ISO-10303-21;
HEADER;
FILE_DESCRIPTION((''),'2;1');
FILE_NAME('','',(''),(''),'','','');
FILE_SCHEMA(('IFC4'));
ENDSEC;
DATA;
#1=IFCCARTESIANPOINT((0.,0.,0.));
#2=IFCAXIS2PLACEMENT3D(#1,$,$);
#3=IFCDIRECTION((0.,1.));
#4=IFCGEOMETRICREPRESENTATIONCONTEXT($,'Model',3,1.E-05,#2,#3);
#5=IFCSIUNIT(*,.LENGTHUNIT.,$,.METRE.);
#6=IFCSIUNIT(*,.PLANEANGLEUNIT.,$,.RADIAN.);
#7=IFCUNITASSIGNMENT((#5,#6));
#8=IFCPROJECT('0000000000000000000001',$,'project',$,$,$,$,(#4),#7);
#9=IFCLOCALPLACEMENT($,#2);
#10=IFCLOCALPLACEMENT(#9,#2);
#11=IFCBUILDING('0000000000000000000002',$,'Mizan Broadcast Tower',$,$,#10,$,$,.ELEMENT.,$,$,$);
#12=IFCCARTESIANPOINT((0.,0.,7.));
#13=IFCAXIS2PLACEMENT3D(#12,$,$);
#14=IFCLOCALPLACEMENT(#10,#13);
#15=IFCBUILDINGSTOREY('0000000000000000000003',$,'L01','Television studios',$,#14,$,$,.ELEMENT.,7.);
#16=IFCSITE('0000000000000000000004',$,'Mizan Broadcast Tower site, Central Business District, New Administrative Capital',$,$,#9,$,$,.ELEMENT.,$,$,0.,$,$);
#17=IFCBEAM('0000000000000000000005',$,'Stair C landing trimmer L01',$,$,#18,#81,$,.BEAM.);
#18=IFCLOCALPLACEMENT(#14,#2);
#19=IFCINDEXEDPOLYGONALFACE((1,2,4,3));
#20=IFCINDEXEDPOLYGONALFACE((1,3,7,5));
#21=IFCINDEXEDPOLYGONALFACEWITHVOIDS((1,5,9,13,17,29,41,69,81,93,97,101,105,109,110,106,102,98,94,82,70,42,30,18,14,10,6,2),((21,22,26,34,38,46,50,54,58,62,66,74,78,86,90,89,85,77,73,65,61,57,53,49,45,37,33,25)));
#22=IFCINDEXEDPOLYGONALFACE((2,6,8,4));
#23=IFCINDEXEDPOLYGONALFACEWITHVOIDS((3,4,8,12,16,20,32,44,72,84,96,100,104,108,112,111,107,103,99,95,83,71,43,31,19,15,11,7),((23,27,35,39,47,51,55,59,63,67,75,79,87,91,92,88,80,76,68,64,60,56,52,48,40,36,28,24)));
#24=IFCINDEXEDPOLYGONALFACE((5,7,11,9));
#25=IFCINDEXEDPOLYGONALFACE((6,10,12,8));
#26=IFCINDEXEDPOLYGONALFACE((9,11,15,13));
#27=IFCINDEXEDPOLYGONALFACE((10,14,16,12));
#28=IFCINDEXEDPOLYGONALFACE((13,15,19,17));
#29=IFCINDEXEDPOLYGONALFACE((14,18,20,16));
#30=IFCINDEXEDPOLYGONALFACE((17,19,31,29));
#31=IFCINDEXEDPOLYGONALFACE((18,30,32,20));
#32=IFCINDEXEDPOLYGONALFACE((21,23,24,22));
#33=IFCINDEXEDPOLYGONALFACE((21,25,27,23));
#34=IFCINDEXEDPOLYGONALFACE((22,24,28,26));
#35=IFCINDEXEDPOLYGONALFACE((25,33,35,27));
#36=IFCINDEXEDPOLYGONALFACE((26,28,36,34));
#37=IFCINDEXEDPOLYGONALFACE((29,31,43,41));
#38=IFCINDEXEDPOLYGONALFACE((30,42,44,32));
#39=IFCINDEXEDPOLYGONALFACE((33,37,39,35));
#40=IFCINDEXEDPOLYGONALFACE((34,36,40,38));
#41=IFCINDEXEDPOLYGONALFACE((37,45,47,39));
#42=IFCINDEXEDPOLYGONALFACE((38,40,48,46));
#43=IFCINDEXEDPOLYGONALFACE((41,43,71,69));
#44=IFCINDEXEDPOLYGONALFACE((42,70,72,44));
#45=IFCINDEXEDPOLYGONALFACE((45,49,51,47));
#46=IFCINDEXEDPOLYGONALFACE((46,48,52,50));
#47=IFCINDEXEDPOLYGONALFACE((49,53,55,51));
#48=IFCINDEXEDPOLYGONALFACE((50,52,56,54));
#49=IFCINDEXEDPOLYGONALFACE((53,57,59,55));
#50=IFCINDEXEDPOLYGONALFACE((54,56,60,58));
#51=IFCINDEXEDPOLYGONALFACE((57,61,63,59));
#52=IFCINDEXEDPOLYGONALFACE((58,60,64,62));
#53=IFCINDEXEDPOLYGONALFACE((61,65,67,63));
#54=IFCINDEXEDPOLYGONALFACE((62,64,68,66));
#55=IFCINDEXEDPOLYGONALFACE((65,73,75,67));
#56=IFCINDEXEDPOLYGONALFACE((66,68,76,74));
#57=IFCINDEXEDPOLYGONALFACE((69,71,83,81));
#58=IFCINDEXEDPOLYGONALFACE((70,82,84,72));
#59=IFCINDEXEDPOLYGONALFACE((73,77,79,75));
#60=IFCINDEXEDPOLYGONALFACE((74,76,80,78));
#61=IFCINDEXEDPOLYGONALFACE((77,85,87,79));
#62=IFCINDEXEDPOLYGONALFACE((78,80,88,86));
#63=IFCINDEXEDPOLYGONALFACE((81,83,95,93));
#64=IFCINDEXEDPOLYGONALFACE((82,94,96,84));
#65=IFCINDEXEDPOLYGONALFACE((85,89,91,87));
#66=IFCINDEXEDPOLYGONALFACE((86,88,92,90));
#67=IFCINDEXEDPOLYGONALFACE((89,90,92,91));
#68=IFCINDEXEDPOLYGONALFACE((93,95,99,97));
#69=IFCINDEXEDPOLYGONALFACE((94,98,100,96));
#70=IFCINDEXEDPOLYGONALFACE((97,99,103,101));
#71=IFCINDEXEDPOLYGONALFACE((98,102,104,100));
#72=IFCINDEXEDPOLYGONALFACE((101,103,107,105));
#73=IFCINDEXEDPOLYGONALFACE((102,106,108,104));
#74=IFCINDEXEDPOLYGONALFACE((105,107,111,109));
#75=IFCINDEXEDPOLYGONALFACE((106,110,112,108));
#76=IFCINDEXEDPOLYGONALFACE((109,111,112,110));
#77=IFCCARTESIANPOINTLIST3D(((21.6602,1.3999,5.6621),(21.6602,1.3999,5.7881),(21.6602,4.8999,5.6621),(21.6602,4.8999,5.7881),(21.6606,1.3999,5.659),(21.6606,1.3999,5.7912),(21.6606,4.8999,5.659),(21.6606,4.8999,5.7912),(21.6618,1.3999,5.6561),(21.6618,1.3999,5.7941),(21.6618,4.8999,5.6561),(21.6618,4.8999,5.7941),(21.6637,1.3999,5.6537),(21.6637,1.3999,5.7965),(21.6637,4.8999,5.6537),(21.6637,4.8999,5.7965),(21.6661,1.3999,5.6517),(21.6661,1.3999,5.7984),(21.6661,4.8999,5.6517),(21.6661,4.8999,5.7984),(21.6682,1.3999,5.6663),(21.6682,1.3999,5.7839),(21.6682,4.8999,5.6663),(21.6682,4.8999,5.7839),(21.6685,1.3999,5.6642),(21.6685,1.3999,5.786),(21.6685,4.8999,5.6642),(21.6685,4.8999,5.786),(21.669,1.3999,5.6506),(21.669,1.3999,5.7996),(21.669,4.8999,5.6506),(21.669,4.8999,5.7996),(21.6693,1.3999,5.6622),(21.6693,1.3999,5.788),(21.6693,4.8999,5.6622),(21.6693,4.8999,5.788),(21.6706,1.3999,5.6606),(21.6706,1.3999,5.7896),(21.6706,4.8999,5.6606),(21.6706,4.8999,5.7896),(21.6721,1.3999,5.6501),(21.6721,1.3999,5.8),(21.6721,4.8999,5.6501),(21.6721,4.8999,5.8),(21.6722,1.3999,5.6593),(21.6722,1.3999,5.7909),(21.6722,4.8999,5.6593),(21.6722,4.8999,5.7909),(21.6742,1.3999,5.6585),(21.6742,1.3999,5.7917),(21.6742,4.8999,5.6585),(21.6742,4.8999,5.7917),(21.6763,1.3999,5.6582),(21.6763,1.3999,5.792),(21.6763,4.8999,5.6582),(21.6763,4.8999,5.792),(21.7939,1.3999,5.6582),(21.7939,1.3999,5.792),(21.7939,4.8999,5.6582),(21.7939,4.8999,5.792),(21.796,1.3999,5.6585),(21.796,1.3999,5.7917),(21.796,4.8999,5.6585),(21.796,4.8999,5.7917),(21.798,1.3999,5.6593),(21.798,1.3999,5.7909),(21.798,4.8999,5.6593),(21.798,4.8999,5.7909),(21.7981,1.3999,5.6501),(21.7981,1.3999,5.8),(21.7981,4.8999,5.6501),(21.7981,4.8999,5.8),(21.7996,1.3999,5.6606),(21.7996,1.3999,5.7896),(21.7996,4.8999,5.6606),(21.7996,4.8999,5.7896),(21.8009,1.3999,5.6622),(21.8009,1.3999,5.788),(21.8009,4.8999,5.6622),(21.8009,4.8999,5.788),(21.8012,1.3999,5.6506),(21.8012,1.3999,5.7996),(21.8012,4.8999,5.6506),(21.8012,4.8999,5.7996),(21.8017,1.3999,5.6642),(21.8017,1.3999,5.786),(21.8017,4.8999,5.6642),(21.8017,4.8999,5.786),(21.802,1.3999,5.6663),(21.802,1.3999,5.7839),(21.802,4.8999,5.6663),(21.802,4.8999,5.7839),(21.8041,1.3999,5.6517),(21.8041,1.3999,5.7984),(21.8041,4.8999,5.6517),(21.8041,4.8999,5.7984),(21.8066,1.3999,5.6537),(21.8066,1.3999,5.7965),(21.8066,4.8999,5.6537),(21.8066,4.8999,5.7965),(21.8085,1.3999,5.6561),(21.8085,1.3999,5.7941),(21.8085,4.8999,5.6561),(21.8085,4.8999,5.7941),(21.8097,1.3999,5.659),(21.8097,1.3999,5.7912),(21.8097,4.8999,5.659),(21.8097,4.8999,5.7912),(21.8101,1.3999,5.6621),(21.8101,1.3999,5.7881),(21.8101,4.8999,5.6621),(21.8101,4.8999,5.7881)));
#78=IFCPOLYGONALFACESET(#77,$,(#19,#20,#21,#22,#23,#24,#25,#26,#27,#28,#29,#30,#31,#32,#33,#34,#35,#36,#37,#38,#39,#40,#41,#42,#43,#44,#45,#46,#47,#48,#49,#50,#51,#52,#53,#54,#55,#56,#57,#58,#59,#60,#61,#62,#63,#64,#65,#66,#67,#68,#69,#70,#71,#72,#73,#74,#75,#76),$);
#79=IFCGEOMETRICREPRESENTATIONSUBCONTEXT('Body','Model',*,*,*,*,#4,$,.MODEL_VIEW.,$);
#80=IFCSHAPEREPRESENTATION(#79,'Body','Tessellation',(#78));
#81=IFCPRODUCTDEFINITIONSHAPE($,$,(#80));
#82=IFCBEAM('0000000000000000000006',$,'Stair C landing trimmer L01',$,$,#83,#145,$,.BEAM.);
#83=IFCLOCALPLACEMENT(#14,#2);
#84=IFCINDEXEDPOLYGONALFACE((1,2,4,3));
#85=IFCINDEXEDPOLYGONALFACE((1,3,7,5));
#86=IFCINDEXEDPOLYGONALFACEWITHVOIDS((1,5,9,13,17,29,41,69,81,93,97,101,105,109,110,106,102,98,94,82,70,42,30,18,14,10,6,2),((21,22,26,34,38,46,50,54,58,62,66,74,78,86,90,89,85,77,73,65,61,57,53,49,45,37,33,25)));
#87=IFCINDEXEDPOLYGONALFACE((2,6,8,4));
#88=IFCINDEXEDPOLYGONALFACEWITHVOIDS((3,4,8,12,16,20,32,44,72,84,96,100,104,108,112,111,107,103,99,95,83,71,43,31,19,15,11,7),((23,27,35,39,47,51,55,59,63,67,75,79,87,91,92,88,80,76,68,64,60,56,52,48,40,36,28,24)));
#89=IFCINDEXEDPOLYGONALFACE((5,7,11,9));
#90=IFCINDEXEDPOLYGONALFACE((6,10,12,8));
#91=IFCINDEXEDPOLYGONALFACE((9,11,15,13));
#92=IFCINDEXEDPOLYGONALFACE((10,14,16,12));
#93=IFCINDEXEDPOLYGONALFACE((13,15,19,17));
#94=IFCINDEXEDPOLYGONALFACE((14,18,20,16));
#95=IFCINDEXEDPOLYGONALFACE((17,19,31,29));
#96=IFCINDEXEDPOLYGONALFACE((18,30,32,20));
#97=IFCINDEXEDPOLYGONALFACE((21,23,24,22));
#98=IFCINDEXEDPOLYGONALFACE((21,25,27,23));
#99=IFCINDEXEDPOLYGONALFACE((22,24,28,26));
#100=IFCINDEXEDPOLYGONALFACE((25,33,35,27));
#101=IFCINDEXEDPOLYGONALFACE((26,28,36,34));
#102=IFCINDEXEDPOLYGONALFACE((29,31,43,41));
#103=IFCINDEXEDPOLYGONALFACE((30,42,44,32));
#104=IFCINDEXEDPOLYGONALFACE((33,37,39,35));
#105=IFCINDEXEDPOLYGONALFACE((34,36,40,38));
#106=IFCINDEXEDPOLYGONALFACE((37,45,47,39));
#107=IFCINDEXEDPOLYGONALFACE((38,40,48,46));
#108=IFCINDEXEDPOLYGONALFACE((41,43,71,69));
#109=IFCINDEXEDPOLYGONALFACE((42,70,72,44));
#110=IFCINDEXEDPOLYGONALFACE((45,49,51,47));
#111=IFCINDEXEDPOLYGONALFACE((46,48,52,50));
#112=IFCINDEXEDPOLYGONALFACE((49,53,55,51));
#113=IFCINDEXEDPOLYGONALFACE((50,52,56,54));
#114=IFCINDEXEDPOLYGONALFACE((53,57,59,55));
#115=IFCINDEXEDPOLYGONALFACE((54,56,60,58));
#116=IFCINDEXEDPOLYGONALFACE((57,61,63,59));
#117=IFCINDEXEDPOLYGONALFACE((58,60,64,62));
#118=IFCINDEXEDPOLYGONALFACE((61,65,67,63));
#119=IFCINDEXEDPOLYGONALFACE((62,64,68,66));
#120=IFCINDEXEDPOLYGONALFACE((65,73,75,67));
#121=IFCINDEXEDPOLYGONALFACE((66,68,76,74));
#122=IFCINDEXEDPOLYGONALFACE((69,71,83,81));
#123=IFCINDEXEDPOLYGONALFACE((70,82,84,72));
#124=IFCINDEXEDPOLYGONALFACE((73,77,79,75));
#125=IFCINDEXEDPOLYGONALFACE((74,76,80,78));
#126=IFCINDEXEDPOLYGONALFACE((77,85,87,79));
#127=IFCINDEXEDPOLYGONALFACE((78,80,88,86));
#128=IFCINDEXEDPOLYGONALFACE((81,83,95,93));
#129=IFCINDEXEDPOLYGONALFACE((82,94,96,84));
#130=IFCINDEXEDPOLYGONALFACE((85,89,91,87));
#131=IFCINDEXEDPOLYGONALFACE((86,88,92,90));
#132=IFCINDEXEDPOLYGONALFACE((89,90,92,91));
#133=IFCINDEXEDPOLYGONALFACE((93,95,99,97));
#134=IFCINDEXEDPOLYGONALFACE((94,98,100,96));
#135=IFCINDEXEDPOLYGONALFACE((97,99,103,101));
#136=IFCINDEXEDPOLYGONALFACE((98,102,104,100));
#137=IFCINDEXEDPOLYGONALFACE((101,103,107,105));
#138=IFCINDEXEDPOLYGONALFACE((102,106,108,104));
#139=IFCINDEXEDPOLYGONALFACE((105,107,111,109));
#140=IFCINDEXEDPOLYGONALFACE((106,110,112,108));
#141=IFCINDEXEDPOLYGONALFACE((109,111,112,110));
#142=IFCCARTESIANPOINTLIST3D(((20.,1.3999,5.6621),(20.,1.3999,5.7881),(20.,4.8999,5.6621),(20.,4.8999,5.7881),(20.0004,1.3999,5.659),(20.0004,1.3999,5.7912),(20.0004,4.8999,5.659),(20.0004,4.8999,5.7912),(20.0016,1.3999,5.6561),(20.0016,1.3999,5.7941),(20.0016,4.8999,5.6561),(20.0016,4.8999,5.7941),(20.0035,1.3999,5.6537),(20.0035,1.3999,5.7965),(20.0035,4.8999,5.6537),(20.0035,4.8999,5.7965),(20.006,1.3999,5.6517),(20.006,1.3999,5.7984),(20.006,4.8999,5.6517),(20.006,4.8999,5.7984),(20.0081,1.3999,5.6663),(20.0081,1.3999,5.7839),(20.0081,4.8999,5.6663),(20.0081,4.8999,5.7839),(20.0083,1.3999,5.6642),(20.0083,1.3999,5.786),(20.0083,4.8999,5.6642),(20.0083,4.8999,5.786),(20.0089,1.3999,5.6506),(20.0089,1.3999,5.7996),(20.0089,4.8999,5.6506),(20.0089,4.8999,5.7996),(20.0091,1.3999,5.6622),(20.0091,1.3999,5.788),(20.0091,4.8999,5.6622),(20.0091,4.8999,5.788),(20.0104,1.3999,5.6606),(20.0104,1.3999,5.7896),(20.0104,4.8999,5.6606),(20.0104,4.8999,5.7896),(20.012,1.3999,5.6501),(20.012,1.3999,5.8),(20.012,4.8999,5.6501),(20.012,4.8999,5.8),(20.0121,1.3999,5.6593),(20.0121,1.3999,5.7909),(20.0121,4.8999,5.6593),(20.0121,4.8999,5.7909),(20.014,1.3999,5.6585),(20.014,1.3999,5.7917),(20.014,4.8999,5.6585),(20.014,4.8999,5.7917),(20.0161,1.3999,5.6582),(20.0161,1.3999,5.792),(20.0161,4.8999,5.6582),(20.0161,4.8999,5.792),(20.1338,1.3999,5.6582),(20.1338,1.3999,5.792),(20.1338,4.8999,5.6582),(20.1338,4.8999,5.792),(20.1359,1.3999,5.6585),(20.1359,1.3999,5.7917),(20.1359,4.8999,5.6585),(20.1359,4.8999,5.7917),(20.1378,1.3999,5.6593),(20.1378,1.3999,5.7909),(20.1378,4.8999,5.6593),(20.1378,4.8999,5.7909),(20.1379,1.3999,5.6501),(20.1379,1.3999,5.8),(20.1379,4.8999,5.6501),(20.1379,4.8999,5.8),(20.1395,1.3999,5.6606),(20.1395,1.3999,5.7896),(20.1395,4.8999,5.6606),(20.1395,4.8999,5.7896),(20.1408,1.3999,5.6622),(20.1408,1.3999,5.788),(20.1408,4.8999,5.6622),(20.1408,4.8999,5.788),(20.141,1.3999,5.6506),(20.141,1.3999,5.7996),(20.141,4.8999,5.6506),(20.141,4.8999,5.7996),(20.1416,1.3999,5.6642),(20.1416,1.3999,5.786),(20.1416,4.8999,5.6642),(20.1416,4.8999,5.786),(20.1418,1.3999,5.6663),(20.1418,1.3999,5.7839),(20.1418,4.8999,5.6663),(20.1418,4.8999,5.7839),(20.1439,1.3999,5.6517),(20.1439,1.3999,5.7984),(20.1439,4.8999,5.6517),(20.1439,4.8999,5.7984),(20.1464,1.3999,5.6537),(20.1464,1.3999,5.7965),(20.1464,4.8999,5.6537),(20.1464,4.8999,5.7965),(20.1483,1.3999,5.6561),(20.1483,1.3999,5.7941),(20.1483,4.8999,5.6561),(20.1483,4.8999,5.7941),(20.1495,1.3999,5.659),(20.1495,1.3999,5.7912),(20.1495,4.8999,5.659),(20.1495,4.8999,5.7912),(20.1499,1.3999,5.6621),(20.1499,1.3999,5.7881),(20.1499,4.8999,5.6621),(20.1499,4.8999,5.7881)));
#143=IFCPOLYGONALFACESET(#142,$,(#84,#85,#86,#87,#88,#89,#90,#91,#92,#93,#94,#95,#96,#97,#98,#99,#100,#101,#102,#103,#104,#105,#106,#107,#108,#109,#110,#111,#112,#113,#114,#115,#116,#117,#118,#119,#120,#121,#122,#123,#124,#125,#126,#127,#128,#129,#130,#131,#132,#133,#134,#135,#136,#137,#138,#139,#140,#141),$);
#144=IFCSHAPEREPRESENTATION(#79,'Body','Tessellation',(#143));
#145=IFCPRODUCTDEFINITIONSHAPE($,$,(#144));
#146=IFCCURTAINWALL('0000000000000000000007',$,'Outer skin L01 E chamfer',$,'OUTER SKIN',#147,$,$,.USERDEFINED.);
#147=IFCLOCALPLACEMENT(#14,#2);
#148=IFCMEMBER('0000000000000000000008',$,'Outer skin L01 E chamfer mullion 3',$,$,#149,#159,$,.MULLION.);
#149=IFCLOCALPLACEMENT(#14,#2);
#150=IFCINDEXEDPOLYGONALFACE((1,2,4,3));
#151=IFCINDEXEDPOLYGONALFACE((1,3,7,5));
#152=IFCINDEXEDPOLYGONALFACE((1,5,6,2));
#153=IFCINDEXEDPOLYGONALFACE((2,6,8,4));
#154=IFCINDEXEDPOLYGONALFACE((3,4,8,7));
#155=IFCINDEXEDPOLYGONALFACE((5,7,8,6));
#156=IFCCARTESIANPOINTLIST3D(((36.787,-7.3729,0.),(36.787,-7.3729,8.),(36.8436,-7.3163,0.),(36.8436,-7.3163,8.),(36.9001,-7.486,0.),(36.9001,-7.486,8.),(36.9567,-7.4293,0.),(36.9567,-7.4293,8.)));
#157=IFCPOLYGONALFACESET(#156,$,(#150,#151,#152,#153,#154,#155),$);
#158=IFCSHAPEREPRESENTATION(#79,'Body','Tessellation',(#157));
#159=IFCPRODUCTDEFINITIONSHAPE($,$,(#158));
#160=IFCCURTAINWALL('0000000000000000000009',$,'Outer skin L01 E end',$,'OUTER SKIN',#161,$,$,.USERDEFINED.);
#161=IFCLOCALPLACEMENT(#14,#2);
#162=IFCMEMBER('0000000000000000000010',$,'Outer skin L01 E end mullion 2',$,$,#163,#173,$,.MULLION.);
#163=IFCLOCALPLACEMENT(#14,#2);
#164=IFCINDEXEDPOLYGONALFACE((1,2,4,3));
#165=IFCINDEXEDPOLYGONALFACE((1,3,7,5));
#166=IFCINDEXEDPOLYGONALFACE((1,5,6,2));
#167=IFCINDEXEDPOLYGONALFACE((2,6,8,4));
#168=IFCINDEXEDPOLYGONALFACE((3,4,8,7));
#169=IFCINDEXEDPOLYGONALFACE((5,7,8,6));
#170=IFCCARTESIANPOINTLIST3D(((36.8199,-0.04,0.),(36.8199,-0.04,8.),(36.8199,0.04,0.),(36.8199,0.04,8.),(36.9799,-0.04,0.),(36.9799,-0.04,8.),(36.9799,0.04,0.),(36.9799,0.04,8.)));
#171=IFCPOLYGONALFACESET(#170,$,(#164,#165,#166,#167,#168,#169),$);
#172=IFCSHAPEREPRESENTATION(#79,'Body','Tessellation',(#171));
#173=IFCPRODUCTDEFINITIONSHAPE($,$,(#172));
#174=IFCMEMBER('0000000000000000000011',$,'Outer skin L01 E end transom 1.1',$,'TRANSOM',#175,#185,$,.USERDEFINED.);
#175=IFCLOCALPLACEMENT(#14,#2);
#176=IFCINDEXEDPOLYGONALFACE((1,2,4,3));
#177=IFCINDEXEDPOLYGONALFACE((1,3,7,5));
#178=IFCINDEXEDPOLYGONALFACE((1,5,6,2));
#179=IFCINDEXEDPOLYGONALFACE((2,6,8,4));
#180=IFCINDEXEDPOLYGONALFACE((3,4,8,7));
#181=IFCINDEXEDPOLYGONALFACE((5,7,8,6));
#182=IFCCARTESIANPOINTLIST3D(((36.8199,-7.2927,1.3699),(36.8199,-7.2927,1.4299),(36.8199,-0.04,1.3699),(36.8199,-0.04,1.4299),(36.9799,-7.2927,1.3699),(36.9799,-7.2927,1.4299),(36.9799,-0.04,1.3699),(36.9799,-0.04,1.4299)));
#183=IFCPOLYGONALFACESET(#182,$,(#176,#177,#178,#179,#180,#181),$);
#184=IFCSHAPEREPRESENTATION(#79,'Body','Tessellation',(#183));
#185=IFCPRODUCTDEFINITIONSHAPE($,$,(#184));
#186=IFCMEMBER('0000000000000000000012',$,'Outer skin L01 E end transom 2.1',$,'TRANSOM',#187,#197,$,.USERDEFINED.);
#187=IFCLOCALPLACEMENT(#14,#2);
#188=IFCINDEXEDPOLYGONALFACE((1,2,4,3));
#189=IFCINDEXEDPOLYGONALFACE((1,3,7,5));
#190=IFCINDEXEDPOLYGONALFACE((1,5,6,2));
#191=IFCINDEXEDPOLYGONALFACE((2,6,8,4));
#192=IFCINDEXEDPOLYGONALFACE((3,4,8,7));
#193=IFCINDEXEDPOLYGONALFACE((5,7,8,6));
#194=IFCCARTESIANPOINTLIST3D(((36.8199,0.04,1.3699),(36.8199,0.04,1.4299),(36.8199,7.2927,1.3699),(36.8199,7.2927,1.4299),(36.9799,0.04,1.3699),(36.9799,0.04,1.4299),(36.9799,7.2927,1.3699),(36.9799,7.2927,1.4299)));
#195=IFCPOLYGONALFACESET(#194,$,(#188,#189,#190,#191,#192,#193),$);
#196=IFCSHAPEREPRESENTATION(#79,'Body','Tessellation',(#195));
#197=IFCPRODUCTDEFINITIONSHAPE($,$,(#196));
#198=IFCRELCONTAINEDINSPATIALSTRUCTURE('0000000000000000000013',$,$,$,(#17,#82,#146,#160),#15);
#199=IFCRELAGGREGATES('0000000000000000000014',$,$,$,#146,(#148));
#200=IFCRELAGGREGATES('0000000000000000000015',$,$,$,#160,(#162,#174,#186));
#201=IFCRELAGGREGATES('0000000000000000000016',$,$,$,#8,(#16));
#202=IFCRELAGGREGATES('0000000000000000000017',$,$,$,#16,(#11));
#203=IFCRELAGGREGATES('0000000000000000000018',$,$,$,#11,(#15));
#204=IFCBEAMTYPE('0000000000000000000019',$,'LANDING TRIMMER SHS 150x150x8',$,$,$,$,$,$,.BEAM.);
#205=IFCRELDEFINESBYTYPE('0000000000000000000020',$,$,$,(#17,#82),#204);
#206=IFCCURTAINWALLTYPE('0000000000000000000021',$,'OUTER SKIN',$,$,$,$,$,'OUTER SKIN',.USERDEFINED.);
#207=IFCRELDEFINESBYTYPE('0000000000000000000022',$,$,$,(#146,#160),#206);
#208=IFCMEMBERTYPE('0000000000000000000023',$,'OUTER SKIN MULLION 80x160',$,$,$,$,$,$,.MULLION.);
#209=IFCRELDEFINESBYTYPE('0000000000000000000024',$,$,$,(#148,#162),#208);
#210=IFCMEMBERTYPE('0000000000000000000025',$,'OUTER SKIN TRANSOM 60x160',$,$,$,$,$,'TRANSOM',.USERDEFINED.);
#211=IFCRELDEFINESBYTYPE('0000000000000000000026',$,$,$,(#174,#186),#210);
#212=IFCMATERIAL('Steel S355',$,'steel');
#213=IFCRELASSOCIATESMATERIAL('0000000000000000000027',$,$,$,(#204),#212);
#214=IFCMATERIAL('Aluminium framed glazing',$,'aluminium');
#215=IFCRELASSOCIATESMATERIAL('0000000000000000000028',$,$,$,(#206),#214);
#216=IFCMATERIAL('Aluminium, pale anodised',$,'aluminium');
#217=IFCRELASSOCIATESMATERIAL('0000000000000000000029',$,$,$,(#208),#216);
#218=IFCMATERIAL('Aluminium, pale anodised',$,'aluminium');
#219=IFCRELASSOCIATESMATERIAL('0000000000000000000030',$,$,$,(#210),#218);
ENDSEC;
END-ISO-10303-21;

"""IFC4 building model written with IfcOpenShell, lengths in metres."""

from ifc_helpers import new_model, si_unit, direction, frame, origin, origin_2d, place, context, subcontext, project, spatial, rectangle, hollow_rectangle, extrude, material, material_profile, profile_set, type_object, element, aggregate, save


model = new_model("IFC4")

# Units and contexts
model_context = context("Model", 3, precision=1e-05, world=origin(), true_north=direction((0.0, 1.0)))
body_context = subcontext(model_context, "Body", "Model", "MODEL_VIEW")
ifc_project = project(units=[si_unit("LENGTHUNIT", "METRE"), si_unit("PLANEANGLEUNIT", "RADIAN")], contexts=[model_context])

# Site, building, storey
site_placement = place(None, origin())
site = spatial("IfcSite", under=ifc_project, at=site_placement, Name="Mizan Broadcast Tower site, Central Business District, New Administrative Capital", CompositionType="ELEMENT", RefElevation=0.0)
building_placement = place(site_placement, origin())
building = spatial("IfcBuilding", under=site, at=building_placement, Name="Mizan Broadcast Tower", CompositionType="ELEMENT")
storey_placement = place(building_placement, frame((0.0, 0.0, 7.0)))
storey = spatial("IfcBuildingStorey", under=building, at=storey_placement, Name="L01", Description="Television studios", CompositionType="ELEMENT", Elevation=7.0)

# Beams
ifc_material_1 = material(Name="Steel S355", Category="steel")
ifc_material_profile_1 = material_profile(ifc_material_1, hollow_rectangle(XDim=0.1499, YDim=0.1499, WallThickness=0.0081, InnerFilletRadius=0.0081, OuterFilletRadius=0.012, at=origin_2d()), Name="SHS 150x150x8")
ifc_profile_set_1 = profile_set([ifc_material_profile_1], Name="Steel S355")
beam_type_1 = type_object("IfcBeamType", Name="LANDING TRIMMER SHS 150x150x8", PredefinedType="BEAM", material=ifc_profile_set_1)
for number, where, z_axis, x_axis, name in (
    (1, (21.7351, 1.3999, 5.7251), (0.0, 1.0, 0.0), (-1.0, 0.0, 0.0), "Stair C landing trimmer L01"),
    (2, (20.075, 1.3999, 5.7251), (0.0, 1.0, 0.0), (-1.0, 0.0, 0.0), "Stair C landing trimmer L01"),
):
    element("IfcBeam", number, at=place(storey_placement, frame(where, z_axis=z_axis, x_axis=x_axis)), inside=storey, type_object=beam_type_1, Name=name, PredefinedType="BEAM", context=body_context, shape_type="SweptSolid", body=[
        extrude(hollow_rectangle(XDim=0.1499, YDim=0.1499, WallThickness=0.0081, InnerFilletRadius=0.0081, OuterFilletRadius=0.012, at=origin_2d()), origin(), (0.0, 0.0, 1.0), 3.5),
    ])

# Curtain wall, member
ifc_material_2 = material(Name="Aluminium framed glazing", Category="aluminium")
curtain_wall_type = type_object("IfcCurtainWallType", Name="OUTER SKIN", ElementType="OUTER SKIN", PredefinedType="USERDEFINED", material=ifc_material_2)
curtain_wall_1_placement = place(storey_placement, origin())
curtain_wall_1 = element("IfcCurtainWall", 3, at=curtain_wall_1_placement, inside=storey, type_object=curtain_wall_type, Name="Outer skin L01 E chamfer", ObjectType="OUTER SKIN", PredefinedType="USERDEFINED")
ifc_material_3 = material(Name="Aluminium, pale anodised", Category="aluminium")
ifc_material_profile_2 = material_profile(ifc_material_3, rectangle(XDim=0.1599, YDim=0.0801, at=origin_2d()), Name="MULLION 160x80")
ifc_profile_set_2 = profile_set([ifc_material_profile_2], Name="Aluminium, pale anodised")
member_type_1 = type_object("IfcMemberType", Name="OUTER SKIN MULLION 80x160", PredefinedType="MULLION", material=ifc_profile_set_2)
member_1_placement = place(storey_placement, frame((36.8718, -7.4011, 0.0), z_axis=(0.0, 0.0, 1.0), x_axis=(-0.707107, 0.707107, 0.0)))
member_1 = element("IfcMember", 4, at=member_1_placement, type_object=member_type_1, Name="Outer skin L01 E chamfer mullion 3", PredefinedType="MULLION", context=body_context, shape_type="SweptSolid", body=[
    extrude(rectangle(XDim=0.1599, YDim=0.0801, at=origin_2d()), origin(), (0.0, 0.0, 1.0), 8.0),
])

# Curtain wall, members
curtain_wall_2_placement = place(storey_placement, origin())
curtain_wall_2 = element("IfcCurtainWall", 5, at=curtain_wall_2_placement, inside=storey, type_object=curtain_wall_type, Name="Outer skin L01 E end", ObjectType="OUTER SKIN", PredefinedType="USERDEFINED")
member_2_placement = place(storey_placement, frame((36.8999, 0.0, 0.0), z_axis=(0.0, 0.0, 1.0), x_axis=(-1.0, 0.0, 0.0)))
member_2 = element("IfcMember", 6, at=member_2_placement, type_object=member_type_1, Name="Outer skin L01 E end mullion 2", PredefinedType="MULLION", context=body_context, shape_type="SweptSolid", body=[
    extrude(rectangle(XDim=0.1599, YDim=0.0801, at=origin_2d()), origin(), (0.0, 0.0, 1.0), 8.0),
])
ifc_material_4 = material(Name="Aluminium, pale anodised", Category="aluminium")
ifc_material_profile_3 = material_profile(ifc_material_4, rectangle(XDim=0.1599, YDim=0.0601, at=origin_2d()), Name="TRANSOM 160x60")
ifc_profile_set_3 = profile_set([ifc_material_profile_3], Name="Aluminium, pale anodised")
member_type_2 = type_object("IfcMemberType", Name="OUTER SKIN TRANSOM 60x160", ElementType="TRANSOM", PredefinedType="USERDEFINED", material=ifc_profile_set_3)
member_3_placement = place(storey_placement, frame((36.8999, -7.2927, 1.3999), z_axis=(0.0, 1.0, 0.0), x_axis=(-1.0, 0.0, 0.0)))
member_3 = element("IfcMember", 7, at=member_3_placement, type_object=member_type_2, Name="Outer skin L01 E end transom 1.1", ObjectType="TRANSOM", PredefinedType="USERDEFINED", context=body_context, shape_type="SweptSolid", body=[
    extrude(rectangle(XDim=0.1599, YDim=0.0601, at=origin_2d()), origin(), (0.0, 0.0, 1.0), 7.2527),
])
member_4_placement = place(storey_placement, frame((36.8999, 0.04, 1.3999), z_axis=(0.0, 1.0, 0.0), x_axis=(-1.0, 0.0, 0.0)))
member_4 = element("IfcMember", 8, at=member_4_placement, type_object=member_type_2, Name="Outer skin L01 E end transom 2.1", ObjectType="TRANSOM", PredefinedType="USERDEFINED", context=body_context, shape_type="SweptSolid", body=[
    extrude(rectangle(XDim=0.1599, YDim=0.0601, at=origin_2d()), origin(), (0.0, 0.0, 1.0), 7.2527),
])

aggregate(curtain_wall_1, [member_1])
aggregate(curtain_wall_2, [member_2, member_3, member_4])

save(model, "model.ifc")
